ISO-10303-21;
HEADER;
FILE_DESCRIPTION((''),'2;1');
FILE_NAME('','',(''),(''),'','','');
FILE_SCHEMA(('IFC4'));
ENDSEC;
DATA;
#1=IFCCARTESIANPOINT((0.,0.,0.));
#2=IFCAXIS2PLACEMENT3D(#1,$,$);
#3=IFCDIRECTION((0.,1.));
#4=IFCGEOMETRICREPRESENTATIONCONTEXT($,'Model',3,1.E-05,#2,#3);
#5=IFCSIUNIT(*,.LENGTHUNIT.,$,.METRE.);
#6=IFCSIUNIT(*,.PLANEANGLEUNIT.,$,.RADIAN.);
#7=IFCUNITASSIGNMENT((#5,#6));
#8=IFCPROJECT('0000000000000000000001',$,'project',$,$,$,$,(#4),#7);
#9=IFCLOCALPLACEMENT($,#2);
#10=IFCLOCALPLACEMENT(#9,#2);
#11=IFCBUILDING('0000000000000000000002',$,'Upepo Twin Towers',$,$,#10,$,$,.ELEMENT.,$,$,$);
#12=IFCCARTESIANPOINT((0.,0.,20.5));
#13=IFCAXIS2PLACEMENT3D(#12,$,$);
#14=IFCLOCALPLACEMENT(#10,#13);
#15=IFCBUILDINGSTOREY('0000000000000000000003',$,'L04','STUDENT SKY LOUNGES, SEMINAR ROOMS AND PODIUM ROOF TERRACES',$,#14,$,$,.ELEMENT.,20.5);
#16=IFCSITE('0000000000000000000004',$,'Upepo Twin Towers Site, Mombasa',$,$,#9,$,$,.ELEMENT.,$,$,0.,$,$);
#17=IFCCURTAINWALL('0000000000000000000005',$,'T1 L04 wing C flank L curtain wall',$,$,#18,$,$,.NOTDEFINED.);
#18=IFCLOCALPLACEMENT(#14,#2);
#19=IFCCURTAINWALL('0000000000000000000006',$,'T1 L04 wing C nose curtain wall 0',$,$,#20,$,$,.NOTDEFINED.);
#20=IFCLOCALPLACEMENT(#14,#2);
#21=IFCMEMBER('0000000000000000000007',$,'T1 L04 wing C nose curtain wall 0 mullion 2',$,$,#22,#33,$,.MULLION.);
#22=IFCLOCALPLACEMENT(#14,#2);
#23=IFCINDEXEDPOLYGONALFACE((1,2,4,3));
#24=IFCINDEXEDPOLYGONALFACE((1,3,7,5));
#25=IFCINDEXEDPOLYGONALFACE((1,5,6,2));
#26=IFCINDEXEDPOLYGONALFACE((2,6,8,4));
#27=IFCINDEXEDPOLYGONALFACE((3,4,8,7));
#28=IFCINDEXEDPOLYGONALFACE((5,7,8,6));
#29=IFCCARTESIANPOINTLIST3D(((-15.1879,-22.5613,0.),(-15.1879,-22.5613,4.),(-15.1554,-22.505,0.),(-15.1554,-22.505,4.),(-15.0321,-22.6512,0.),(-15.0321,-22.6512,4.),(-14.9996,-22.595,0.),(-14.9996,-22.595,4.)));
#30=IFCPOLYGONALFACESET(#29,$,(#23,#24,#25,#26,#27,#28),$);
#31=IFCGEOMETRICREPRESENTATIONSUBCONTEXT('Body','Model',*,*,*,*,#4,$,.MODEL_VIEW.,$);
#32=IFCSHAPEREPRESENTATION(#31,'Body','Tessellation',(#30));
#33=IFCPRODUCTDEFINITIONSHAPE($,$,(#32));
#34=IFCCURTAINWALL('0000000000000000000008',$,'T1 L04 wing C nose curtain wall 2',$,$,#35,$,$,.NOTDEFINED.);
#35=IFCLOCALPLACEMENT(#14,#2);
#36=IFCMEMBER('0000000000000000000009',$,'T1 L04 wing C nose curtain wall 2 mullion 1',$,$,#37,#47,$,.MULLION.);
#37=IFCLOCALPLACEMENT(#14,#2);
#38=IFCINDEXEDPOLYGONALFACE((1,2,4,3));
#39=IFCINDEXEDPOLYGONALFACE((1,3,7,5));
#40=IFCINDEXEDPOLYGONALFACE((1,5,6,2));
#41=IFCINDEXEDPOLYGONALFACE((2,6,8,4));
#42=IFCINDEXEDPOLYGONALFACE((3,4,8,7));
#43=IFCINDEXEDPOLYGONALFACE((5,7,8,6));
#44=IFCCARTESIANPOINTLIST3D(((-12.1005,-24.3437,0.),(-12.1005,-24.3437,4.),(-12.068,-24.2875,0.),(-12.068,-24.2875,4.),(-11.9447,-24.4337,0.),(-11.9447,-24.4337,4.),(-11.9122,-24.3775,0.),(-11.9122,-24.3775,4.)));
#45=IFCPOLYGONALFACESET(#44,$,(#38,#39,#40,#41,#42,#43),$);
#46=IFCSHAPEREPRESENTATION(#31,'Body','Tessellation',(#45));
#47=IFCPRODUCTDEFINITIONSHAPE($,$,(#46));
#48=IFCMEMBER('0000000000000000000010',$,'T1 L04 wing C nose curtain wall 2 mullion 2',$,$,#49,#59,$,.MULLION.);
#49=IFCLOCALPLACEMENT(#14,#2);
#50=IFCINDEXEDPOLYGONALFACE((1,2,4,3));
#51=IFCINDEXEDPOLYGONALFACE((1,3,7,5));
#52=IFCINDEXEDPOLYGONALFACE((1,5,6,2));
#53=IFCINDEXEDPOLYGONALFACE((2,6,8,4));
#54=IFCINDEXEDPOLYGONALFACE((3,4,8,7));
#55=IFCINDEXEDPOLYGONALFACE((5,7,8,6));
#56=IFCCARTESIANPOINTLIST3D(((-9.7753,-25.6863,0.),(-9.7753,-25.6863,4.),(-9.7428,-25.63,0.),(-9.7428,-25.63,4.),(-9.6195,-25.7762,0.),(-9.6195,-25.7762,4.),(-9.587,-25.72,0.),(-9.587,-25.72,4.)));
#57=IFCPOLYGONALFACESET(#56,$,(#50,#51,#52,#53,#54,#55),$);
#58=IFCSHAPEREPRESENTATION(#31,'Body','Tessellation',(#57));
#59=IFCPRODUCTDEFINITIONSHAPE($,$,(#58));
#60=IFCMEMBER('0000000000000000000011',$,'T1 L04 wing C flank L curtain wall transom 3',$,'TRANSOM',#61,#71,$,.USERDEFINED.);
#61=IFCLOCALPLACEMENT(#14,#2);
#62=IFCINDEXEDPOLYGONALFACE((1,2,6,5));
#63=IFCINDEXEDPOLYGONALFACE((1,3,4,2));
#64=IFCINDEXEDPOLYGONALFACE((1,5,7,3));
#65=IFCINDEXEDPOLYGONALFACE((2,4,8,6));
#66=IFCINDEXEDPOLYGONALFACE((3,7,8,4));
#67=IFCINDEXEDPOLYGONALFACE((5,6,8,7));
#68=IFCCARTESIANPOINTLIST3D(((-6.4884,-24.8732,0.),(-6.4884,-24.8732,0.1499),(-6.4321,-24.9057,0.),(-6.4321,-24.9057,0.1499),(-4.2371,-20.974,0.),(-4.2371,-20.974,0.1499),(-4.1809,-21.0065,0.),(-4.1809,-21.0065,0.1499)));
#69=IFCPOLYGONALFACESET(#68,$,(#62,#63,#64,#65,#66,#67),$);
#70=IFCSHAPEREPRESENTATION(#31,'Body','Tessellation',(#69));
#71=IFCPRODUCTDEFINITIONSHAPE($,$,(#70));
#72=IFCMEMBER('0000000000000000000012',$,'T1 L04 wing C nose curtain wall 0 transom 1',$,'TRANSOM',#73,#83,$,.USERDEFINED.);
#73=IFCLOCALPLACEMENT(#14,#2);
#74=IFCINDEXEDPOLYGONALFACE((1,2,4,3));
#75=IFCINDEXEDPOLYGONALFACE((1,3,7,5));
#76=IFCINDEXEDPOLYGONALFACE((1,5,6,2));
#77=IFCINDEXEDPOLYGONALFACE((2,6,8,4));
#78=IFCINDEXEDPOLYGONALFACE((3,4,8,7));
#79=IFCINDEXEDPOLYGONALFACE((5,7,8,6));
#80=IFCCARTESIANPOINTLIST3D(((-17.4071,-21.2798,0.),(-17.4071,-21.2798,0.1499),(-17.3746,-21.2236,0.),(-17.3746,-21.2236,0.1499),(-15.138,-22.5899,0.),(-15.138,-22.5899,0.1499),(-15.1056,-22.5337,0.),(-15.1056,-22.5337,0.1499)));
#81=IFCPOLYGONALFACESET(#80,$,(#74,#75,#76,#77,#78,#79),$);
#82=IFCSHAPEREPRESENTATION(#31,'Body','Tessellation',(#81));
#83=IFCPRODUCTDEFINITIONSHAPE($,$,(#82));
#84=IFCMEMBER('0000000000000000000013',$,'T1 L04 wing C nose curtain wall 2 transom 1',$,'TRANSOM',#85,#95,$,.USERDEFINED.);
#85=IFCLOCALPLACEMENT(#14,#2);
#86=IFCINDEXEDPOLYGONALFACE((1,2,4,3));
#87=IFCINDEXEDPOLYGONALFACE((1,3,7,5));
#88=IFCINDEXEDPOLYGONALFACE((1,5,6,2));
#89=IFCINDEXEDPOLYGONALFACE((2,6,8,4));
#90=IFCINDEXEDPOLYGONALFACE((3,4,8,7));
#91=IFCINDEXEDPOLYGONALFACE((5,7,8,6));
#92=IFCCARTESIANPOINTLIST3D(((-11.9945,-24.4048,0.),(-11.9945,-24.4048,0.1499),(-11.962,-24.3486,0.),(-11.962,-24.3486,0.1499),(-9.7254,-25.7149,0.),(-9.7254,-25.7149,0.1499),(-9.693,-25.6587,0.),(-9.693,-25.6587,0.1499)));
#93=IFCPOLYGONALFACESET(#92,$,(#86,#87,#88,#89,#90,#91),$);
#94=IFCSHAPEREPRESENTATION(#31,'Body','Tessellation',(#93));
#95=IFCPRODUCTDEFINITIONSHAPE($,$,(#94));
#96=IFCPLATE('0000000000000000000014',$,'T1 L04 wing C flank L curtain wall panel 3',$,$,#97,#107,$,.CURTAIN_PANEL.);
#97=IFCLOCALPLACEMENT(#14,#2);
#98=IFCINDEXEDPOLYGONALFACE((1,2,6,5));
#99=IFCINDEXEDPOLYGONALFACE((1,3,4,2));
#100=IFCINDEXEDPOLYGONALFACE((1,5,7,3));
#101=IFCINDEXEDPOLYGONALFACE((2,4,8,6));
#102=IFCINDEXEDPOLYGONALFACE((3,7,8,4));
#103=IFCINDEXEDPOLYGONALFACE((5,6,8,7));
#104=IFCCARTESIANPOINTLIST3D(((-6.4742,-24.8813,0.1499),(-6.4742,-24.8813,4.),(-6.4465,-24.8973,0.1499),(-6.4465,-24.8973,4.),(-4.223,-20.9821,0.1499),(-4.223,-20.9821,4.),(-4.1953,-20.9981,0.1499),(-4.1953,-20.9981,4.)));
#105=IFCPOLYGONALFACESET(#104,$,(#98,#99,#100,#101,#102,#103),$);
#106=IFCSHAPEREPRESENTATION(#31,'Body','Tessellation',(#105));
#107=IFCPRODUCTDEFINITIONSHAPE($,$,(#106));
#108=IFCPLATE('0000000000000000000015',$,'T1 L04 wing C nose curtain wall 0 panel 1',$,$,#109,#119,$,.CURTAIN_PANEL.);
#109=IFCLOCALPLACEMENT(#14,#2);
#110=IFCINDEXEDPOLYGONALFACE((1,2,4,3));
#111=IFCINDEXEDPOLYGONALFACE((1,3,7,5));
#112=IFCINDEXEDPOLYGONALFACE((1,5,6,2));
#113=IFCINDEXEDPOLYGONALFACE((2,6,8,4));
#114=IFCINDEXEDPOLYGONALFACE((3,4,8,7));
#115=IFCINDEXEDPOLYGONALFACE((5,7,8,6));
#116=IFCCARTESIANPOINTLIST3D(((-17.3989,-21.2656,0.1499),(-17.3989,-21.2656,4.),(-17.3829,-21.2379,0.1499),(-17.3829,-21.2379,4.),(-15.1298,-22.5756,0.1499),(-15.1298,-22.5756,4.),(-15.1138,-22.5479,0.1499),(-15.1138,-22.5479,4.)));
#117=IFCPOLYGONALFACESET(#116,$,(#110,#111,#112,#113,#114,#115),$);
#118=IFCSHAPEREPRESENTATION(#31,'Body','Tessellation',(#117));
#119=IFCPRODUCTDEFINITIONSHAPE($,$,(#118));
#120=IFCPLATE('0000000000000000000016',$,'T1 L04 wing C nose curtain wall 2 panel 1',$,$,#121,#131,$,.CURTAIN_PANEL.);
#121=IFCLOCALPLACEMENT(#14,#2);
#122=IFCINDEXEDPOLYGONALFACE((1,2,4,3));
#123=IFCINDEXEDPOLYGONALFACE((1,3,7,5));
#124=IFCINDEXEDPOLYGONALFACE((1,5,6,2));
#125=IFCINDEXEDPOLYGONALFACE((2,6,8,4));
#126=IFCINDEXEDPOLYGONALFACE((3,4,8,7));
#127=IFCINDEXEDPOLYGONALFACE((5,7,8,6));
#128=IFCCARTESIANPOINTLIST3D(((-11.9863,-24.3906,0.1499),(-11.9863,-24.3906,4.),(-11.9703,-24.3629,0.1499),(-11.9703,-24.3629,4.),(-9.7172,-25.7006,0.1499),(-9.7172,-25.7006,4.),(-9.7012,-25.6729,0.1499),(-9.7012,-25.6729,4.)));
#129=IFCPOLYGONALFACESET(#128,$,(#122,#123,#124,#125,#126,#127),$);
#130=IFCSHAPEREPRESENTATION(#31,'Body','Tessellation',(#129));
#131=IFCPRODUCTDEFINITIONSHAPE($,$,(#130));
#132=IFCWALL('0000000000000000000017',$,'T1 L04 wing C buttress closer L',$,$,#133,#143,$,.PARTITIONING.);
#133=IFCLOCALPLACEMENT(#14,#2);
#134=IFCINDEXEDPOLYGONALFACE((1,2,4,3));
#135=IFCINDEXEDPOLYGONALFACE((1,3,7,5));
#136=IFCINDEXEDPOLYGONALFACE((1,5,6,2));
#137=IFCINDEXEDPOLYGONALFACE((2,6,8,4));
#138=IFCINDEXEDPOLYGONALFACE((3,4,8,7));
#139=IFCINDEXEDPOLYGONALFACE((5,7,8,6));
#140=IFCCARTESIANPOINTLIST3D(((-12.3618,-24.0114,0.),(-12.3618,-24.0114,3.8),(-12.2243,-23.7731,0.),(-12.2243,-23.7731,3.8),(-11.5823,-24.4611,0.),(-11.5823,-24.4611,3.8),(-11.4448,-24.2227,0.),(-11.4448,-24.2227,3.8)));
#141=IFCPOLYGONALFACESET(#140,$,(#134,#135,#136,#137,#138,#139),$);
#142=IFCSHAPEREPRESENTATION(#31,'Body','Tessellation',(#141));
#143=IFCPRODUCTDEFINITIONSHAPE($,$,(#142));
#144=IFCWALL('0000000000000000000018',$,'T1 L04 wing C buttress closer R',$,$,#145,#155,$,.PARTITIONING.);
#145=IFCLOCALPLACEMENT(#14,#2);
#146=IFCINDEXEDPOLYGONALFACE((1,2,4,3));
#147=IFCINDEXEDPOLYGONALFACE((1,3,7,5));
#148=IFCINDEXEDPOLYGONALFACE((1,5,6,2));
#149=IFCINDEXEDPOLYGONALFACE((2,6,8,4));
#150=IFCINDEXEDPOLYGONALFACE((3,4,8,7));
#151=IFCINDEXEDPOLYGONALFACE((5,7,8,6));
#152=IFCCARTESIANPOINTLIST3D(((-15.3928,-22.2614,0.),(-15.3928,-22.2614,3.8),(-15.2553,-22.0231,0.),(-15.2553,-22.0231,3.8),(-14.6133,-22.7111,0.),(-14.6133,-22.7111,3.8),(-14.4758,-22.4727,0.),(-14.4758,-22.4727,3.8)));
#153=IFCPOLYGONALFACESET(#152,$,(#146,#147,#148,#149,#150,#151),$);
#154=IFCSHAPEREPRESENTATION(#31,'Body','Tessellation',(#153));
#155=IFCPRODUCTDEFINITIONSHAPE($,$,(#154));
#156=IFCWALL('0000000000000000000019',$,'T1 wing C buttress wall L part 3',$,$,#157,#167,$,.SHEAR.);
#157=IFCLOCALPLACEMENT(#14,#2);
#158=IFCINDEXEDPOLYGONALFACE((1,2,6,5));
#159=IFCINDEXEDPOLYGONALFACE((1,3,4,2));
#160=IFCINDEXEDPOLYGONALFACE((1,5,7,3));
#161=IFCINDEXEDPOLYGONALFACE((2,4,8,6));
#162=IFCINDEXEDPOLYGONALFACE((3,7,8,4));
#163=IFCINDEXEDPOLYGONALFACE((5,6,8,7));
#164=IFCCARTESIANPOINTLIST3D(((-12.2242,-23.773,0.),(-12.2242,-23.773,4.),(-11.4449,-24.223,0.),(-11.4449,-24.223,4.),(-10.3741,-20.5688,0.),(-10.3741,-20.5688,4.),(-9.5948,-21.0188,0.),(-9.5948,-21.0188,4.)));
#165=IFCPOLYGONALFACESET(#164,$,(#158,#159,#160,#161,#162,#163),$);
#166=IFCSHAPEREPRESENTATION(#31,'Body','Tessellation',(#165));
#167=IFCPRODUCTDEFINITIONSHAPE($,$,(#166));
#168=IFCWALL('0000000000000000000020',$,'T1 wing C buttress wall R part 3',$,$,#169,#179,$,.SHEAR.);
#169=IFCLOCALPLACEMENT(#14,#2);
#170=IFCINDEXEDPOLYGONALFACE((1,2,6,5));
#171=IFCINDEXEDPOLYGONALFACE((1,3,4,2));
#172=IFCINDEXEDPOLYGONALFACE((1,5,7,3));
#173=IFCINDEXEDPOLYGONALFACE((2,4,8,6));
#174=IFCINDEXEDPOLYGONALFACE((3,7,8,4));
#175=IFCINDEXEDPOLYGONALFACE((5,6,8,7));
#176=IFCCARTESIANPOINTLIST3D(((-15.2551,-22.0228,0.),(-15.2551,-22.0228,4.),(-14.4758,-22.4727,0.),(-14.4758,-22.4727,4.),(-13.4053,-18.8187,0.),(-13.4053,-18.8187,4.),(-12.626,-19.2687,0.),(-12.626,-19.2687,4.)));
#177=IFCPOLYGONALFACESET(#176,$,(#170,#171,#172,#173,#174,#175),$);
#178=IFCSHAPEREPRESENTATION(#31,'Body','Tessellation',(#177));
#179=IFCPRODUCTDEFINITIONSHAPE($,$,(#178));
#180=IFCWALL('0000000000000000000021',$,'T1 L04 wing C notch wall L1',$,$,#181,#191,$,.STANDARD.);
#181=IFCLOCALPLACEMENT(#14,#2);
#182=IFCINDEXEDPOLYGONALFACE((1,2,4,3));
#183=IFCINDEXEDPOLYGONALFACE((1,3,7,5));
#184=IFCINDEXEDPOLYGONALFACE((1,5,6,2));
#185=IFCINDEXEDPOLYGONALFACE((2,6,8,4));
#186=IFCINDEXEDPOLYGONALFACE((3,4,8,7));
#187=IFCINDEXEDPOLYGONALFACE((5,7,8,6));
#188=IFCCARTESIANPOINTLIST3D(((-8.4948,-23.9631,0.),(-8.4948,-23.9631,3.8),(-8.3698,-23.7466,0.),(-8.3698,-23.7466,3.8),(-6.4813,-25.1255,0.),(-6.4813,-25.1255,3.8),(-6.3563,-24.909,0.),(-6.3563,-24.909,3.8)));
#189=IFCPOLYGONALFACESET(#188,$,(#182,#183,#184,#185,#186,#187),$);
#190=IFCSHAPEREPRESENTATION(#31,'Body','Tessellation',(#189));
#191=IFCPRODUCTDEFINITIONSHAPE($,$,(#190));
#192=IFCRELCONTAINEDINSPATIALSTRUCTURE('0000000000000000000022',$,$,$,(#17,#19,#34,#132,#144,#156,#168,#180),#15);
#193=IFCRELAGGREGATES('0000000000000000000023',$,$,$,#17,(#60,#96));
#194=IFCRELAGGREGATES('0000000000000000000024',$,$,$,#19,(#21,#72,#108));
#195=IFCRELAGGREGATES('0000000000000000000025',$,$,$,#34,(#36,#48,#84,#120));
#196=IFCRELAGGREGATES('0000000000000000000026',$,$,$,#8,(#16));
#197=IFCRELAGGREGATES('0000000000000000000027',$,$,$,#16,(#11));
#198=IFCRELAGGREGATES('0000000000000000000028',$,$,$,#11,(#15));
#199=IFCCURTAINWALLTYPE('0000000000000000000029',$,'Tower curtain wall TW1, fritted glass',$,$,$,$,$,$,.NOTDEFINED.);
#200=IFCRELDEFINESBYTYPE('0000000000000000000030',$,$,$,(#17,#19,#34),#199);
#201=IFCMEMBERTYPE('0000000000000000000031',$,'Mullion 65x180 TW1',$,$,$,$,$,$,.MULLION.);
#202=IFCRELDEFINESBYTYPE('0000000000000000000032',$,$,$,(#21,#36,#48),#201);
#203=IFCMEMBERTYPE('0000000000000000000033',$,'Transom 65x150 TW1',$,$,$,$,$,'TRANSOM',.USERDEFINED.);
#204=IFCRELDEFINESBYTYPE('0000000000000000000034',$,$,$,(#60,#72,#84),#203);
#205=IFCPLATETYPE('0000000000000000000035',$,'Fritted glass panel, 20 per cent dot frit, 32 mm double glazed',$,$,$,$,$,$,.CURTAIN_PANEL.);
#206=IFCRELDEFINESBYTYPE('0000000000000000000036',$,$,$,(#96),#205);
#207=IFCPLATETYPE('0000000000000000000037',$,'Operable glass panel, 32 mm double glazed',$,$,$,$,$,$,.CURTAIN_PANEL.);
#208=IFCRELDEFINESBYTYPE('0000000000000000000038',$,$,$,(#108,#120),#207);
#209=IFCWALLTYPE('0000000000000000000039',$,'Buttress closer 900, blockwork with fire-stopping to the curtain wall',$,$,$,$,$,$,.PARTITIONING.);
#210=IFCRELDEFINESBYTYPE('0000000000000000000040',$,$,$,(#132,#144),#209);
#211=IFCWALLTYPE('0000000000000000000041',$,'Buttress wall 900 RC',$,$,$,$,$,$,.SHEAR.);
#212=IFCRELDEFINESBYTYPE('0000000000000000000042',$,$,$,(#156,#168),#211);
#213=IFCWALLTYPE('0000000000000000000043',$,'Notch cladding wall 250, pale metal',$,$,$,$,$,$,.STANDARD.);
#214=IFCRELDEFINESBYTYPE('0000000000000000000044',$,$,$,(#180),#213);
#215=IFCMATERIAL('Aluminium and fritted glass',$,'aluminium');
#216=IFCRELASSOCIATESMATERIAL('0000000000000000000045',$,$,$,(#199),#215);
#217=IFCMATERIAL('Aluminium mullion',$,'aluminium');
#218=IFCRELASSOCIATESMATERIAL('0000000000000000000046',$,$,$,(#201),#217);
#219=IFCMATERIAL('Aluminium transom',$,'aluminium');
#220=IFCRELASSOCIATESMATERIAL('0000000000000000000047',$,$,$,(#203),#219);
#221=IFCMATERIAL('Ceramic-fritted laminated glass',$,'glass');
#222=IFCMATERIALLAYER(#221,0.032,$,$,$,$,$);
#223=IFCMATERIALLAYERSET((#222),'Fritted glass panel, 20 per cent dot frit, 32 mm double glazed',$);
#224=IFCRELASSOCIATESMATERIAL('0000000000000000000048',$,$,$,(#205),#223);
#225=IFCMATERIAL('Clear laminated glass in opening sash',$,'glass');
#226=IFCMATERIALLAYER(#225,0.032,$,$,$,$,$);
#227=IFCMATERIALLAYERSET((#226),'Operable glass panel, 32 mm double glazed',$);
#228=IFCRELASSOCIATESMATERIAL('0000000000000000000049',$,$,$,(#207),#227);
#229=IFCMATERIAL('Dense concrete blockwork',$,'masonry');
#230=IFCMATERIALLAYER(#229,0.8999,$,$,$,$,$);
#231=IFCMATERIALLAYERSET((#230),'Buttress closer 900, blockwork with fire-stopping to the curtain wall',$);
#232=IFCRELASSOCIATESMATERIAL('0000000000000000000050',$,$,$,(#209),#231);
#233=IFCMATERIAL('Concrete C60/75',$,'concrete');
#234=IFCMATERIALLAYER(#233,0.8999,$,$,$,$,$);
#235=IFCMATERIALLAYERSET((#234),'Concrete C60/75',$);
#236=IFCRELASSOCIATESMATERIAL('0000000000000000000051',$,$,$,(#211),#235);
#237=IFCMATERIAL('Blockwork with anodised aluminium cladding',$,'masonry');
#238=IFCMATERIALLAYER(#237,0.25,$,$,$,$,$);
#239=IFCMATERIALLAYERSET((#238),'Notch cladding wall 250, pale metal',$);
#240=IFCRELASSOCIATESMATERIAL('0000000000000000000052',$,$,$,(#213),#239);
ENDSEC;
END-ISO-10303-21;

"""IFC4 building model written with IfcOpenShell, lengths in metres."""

from ifc_helpers import new_model, si_unit, direction, frame, frame_2d, origin, origin_2d, place, context, subcontext, project, spatial, rectangle, extrude, material, layer, layer_set, material_profile, profile_set, type_object, element, aggregate, save


model = new_model("IFC4")

# Units and contexts
model_context = context("Model", 3, precision=1e-05, world=origin(), true_north=direction((0.0, 1.0)))
body_context = subcontext(model_context, "Body", "Model", "MODEL_VIEW")
ifc_project = project(units=[si_unit("LENGTHUNIT", "METRE"), si_unit("PLANEANGLEUNIT", "RADIAN")], contexts=[model_context])

# Site, building, storey
site_placement = place(None, origin())
site = spatial("IfcSite", under=ifc_project, at=site_placement, Name="Upepo Twin Towers Site, Mombasa", CompositionType="ELEMENT", RefElevation=0.0)
building_placement = place(site_placement, origin())
building = spatial("IfcBuilding", under=site, at=building_placement, Name="Upepo Twin Towers", CompositionType="ELEMENT")
storey_placement = place(building_placement, frame((0.0, 0.0, 20.5)))
storey = spatial("IfcBuildingStorey", under=building, at=storey_placement, Name="L04", Description="STUDENT SKY LOUNGES, SEMINAR ROOMS AND PODIUM ROOF TERRACES", CompositionType="ELEMENT", Elevation=20.5)

# Curtain wall
ifc_material_1 = material(Name="Aluminium and fritted glass", Category="aluminium")
curtain_wall_type = type_object("IfcCurtainWallType", Name="Tower curtain wall TW1, fritted glass", PredefinedType="NOTDEFINED", material=ifc_material_1)
curtain_wall_1_placement = place(storey_placement, origin())
curtain_wall_1 = element("IfcCurtainWall", 1, at=curtain_wall_1_placement, inside=storey, type_object=curtain_wall_type, Name="T1 L04 wing C flank L curtain wall", PredefinedType="NOTDEFINED")
ifc_material_2 = material(Name="Aluminium mullion", Category="aluminium")
ifc_material_profile_1 = material_profile(ifc_material_2, rectangle(XDim=0.0649, YDim=0.1799, at=origin_2d()), Name="MULLION 65x180")
ifc_profile_set_1 = profile_set([ifc_material_profile_1], Name="Aluminium mullion")
member_type_1 = type_object("IfcMemberType", Name="Mullion 65x180 TW1", PredefinedType="MULLION", material=ifc_profile_set_1)

# Curtain walls, members
curtain_wall_2_placement = place(storey_placement, origin())
curtain_wall_2 = element("IfcCurtainWall", 2, at=curtain_wall_2_placement, inside=storey, type_object=curtain_wall_type, Name="T1 L04 wing C nose curtain wall 0", PredefinedType="NOTDEFINED")
member_1_placement = place(storey_placement, frame((-15.0938, -22.5781, 0.0), z_axis=(0.0, 0.0, 1.0), x_axis=(0.5, 0.866025, 0.0)))
member_1 = element("IfcMember", 3, at=member_1_placement, type_object=member_type_1, Name="T1 L04 wing C nose curtain wall 0 mullion 2", PredefinedType="MULLION", context=body_context, shape_type="SweptSolid", body=[
    extrude(rectangle(XDim=0.0649, YDim=0.1799, at=origin_2d()), origin(), (0.0, 0.0, 1.0), 4.0),
])
curtain_wall_3_placement = place(storey_placement, origin())
curtain_wall_3 = element("IfcCurtainWall", 4, at=curtain_wall_3_placement, inside=storey, type_object=curtain_wall_type, Name="T1 L04 wing C nose curtain wall 2", PredefinedType="NOTDEFINED")
member_2_placement = place(storey_placement, frame((-12.0063, -24.3606, 0.0), z_axis=(0.0, 0.0, 1.0), x_axis=(0.5, 0.866025, 0.0)))
member_2 = element("IfcMember", 5, at=member_2_placement, type_object=member_type_1, Name="T1 L04 wing C nose curtain wall 2 mullion 1", PredefinedType="MULLION", context=body_context, shape_type="SweptSolid", body=[
    extrude(rectangle(XDim=0.0649, YDim=0.1799, at=origin_2d()), origin(), (0.0, 0.0, 1.0), 4.0),
])
member_3_placement = place(storey_placement, frame((-9.6812, -25.7031, 0.0), z_axis=(0.0, 0.0, 1.0), x_axis=(0.5, 0.866025, 0.0)))
member_3 = element("IfcMember", 6, at=member_3_placement, type_object=member_type_1, Name="T1 L04 wing C nose curtain wall 2 mullion 2", PredefinedType="MULLION", context=body_context, shape_type="SweptSolid", body=[
    extrude(rectangle(XDim=0.0649, YDim=0.1799, at=origin_2d()), origin(), (0.0, 0.0, 1.0), 4.0),
])

# Members
ifc_material_3 = material(Name="Aluminium transom", Category="aluminium")
ifc_material_profile_2 = material_profile(ifc_material_3, rectangle(XDim=0.0649, YDim=0.1499, at=origin_2d()), Name="TRANSOM 65x150")
ifc_profile_set_2 = profile_set([ifc_material_profile_2], Name="Aluminium transom")
member_type_2 = type_object("IfcMemberType", Name="Transom 65x150 TW1", ElementType="TRANSOM", PredefinedType="USERDEFINED", material=ifc_profile_set_2)
member_4_placement = place(storey_placement, frame((-4.209, -20.9902, 0.075), z_axis=(-0.500006, -0.866022, 0.0), x_axis=(0.866022, -0.500006, 0.0)))
member_4 = element("IfcMember", 7, at=member_4_placement, type_object=member_type_2, Name="T1 L04 wing C flank L curtain wall transom 3", ObjectType="TRANSOM", PredefinedType="USERDEFINED", context=body_context, shape_type="SweptSolid", body=[
    extrude(rectangle(XDim=0.0649, YDim=0.1499, at=origin_2d()), origin(), (0.0, 0.0, 1.0), 4.5024),
])
member_5_placement = place(storey_placement, frame((-17.3909, -21.2517, 0.075), z_axis=(0.866021, -0.500007, 0.0), x_axis=(0.500007, 0.866021, 0.0)))
member_5 = element("IfcMember", 8, at=member_5_placement, type_object=member_type_2, Name="T1 L04 wing C nose curtain wall 0 transom 1", ObjectType="TRANSOM", PredefinedType="USERDEFINED", context=body_context, shape_type="SweptSolid", body=[
    extrude(rectangle(XDim=0.0649, YDim=0.1499, at=origin_2d()), origin(), (0.0, 0.0, 1.0), 2.6201),
])
member_6_placement = place(storey_placement, frame((-11.9783, -24.3767, 0.075), z_axis=(0.866021, -0.500007, 0.0), x_axis=(0.500007, 0.866021, 0.0)))
member_6 = element("IfcMember", 9, at=member_6_placement, type_object=member_type_2, Name="T1 L04 wing C nose curtain wall 2 transom 1", ObjectType="TRANSOM", PredefinedType="USERDEFINED", context=body_context, shape_type="SweptSolid", body=[
    extrude(rectangle(XDim=0.0649, YDim=0.1499, at=origin_2d()), origin(), (0.0, 0.0, 1.0), 2.6201),
])

# Plates
ifc_material_4 = material(Name="Ceramic-fritted laminated glass", Category="glass")
ifc_layer_1 = layer(ifc_material_4, 0.032)
ifc_layer_set_1 = layer_set([ifc_layer_1], Name="Fritted glass panel, 20 per cent dot frit, 32 mm double glazed")
plate_type_1 = type_object("IfcPlateType", Name="Fritted glass panel, 20 per cent dot frit, 32 mm double glazed", PredefinedType="CURTAIN_PANEL", material=ifc_layer_set_1)
plate_1_placement = place(storey_placement, frame((-5.3347, -22.9397, 0.1499), z_axis=(0.0, 0.0, 1.0), x_axis=(-0.5, -0.866025, 0.0)))
plate_1 = element("IfcPlate", 10, at=plate_1_placement, type_object=plate_type_1, Name="T1 L04 wing C flank L curtain wall panel 3", PredefinedType="CURTAIN_PANEL", context=body_context, shape_type="SweptSolid", body=[
    extrude(rectangle(XDim=4.5024, YDim=0.032, at=origin_2d()), origin(), (0.0, 0.0, 1.0), 3.8501),
])
aggregate(curtain_wall_1, [member_4, plate_1])
ifc_material_5 = material(Name="Clear laminated glass in opening sash", Category="glass")
ifc_layer_2 = layer(ifc_material_5, 0.032)
ifc_layer_set_2 = layer_set([ifc_layer_2], Name="Operable glass panel, 32 mm double glazed")
plate_type_2 = type_object("IfcPlateType", Name="Operable glass panel, 32 mm double glazed", PredefinedType="CURTAIN_PANEL", material=ifc_layer_set_2)
plate_2_placement = place(storey_placement, frame((-16.2563, -21.9067, 0.1499), z_axis=(0.0, 0.0, 1.0), x_axis=(0.866025, -0.5, 0.0)))
plate_2 = element("IfcPlate", 11, at=plate_2_placement, type_object=plate_type_2, Name="T1 L04 wing C nose curtain wall 0 panel 1", PredefinedType="CURTAIN_PANEL", context=body_context, shape_type="SweptSolid", body=[
    extrude(rectangle(XDim=2.6201, YDim=0.032, at=origin_2d()), origin(), (0.0, 0.0, 1.0), 3.8501),
])
aggregate(curtain_wall_2, [member_1, member_5, plate_2])
plate_3_placement = place(storey_placement, frame((-10.8438, -25.0317, 0.1499), z_axis=(0.0, 0.0, 1.0), x_axis=(0.866025, -0.5, 0.0)))
plate_3 = element("IfcPlate", 12, at=plate_3_placement, type_object=plate_type_2, Name="T1 L04 wing C nose curtain wall 2 panel 1", PredefinedType="CURTAIN_PANEL", context=body_context, shape_type="SweptSolid", body=[
    extrude(rectangle(XDim=2.6201, YDim=0.032, at=origin_2d()), origin(), (0.0, 0.0, 1.0), 3.8501),
])
aggregate(curtain_wall_3, [member_2, member_3, member_6, plate_3])

# Walls
ifc_material_6 = material(Name="Dense concrete blockwork", Category="masonry")
ifc_layer_3 = layer(ifc_material_6, 0.8999)
ifc_layer_set_3 = layer_set([ifc_layer_3], Name="Buttress closer 900, blockwork with fire-stopping to the curtain wall")
wall_type_1 = type_object("IfcWallType", Name="Buttress closer 900, blockwork with fire-stopping to the curtain wall", PredefinedType="PARTITIONING", material=ifc_layer_set_3)
for number, where, z_axis, x_axis, name in (
    (13, (-11.8345, -23.9978, 0.0), (0.0, 0.0, 1.0), (-0.499671, -0.866215, 0.0), "T1 L04 wing C buttress closer L"),
    (14, (-14.8655, -22.2478, 0.0), (0.0, 0.0, 1.0), (-0.499671, -0.866215, 0.0), "T1 L04 wing C buttress closer R"),
):
    element("IfcWall", number, at=place(storey_placement, frame(where, z_axis=z_axis, x_axis=x_axis)), inside=storey, type_object=wall_type_1, Name=name, PredefinedType="PARTITIONING", context=body_context, shape_type="SweptSolid", body=[
        extrude(rectangle(XDim=0.2751, YDim=0.8999, at=frame_2d((0.1377, 0.0))), origin(), (0.0, 0.0, 1.0), 3.8),
    ])
ifc_material_7 = material(Name="Concrete C60/75", Category="concrete")
ifc_layer_4 = layer(ifc_material_7, 0.8999)
ifc_layer_set_4 = layer_set([ifc_layer_4], Name="Concrete C60/75")
wall_type_2 = type_object("IfcWallType", Name="Buttress wall 900 RC", PredefinedType="SHEAR", material=ifc_layer_set_4)
wall_1_placement = place(storey_placement, frame((-9.9844, -20.7937, 0.0), z_axis=(0.0, 0.0, 1.0), x_axis=(-0.500042, -0.866001, 0.0)))
element("IfcWall", 15, at=wall_1_placement, inside=storey, type_object=wall_type_2, Name="T1 wing C buttress wall L part 3", PredefinedType="SHEAR", context=body_context, shape_type="SweptSolid", body=[
    extrude(rectangle(XDim=3.7, YDim=0.8999, at=frame_2d((1.8501, 0.0))), origin(), (0.0, 0.0, 1.0), 4.0),
])
wall_2_placement = place(storey_placement, frame((-13.0156, -19.0437, 0.0), z_axis=(0.0, 0.0, 1.0), x_axis=(-0.499993, -0.86603, 0.0)))
element("IfcWall", 16, at=wall_2_placement, inside=storey, type_object=wall_type_2, Name="T1 wing C buttress wall R part 3", PredefinedType="SHEAR", context=body_context, shape_type="SweptSolid", body=[
    extrude(rectangle(XDim=3.6997, YDim=0.8999, at=frame_2d((1.8499, 0.0))), origin(), (0.0, 0.0, 1.0), 4.0),
])
ifc_material_8 = material(Name="Blockwork with anodised aluminium cladding", Category="masonry")
ifc_layer_5 = layer(ifc_material_8, 0.25)
ifc_layer_set_5 = layer_set([ifc_layer_5], Name="Notch cladding wall 250, pale metal")
wall_type_3 = type_object("IfcWallType", Name="Notch cladding wall 250, pale metal", PredefinedType="STANDARD", material=ifc_layer_set_5)
for number, where, z_axis, x_axis, name in (
    (17, (-6.4187, -25.0173, 0.0), (0.0, 0.0, 1.0), (-0.866044, 0.499968, 0.0), "T1 L04 wing C notch wall L1"),
):
    element("IfcWall", number, at=place(storey_placement, frame(where, z_axis=z_axis, x_axis=x_axis)), inside=storey, type_object=wall_type_3, Name=name, PredefinedType="STANDARD", context=body_context, shape_type="SweptSolid", body=[
        extrude(rectangle(XDim=2.325, YDim=0.25, at=frame_2d((1.1626, 0.0))), origin(), (0.0, 0.0, 1.0), 3.8),
    ])

save(model, "model.ifc")
